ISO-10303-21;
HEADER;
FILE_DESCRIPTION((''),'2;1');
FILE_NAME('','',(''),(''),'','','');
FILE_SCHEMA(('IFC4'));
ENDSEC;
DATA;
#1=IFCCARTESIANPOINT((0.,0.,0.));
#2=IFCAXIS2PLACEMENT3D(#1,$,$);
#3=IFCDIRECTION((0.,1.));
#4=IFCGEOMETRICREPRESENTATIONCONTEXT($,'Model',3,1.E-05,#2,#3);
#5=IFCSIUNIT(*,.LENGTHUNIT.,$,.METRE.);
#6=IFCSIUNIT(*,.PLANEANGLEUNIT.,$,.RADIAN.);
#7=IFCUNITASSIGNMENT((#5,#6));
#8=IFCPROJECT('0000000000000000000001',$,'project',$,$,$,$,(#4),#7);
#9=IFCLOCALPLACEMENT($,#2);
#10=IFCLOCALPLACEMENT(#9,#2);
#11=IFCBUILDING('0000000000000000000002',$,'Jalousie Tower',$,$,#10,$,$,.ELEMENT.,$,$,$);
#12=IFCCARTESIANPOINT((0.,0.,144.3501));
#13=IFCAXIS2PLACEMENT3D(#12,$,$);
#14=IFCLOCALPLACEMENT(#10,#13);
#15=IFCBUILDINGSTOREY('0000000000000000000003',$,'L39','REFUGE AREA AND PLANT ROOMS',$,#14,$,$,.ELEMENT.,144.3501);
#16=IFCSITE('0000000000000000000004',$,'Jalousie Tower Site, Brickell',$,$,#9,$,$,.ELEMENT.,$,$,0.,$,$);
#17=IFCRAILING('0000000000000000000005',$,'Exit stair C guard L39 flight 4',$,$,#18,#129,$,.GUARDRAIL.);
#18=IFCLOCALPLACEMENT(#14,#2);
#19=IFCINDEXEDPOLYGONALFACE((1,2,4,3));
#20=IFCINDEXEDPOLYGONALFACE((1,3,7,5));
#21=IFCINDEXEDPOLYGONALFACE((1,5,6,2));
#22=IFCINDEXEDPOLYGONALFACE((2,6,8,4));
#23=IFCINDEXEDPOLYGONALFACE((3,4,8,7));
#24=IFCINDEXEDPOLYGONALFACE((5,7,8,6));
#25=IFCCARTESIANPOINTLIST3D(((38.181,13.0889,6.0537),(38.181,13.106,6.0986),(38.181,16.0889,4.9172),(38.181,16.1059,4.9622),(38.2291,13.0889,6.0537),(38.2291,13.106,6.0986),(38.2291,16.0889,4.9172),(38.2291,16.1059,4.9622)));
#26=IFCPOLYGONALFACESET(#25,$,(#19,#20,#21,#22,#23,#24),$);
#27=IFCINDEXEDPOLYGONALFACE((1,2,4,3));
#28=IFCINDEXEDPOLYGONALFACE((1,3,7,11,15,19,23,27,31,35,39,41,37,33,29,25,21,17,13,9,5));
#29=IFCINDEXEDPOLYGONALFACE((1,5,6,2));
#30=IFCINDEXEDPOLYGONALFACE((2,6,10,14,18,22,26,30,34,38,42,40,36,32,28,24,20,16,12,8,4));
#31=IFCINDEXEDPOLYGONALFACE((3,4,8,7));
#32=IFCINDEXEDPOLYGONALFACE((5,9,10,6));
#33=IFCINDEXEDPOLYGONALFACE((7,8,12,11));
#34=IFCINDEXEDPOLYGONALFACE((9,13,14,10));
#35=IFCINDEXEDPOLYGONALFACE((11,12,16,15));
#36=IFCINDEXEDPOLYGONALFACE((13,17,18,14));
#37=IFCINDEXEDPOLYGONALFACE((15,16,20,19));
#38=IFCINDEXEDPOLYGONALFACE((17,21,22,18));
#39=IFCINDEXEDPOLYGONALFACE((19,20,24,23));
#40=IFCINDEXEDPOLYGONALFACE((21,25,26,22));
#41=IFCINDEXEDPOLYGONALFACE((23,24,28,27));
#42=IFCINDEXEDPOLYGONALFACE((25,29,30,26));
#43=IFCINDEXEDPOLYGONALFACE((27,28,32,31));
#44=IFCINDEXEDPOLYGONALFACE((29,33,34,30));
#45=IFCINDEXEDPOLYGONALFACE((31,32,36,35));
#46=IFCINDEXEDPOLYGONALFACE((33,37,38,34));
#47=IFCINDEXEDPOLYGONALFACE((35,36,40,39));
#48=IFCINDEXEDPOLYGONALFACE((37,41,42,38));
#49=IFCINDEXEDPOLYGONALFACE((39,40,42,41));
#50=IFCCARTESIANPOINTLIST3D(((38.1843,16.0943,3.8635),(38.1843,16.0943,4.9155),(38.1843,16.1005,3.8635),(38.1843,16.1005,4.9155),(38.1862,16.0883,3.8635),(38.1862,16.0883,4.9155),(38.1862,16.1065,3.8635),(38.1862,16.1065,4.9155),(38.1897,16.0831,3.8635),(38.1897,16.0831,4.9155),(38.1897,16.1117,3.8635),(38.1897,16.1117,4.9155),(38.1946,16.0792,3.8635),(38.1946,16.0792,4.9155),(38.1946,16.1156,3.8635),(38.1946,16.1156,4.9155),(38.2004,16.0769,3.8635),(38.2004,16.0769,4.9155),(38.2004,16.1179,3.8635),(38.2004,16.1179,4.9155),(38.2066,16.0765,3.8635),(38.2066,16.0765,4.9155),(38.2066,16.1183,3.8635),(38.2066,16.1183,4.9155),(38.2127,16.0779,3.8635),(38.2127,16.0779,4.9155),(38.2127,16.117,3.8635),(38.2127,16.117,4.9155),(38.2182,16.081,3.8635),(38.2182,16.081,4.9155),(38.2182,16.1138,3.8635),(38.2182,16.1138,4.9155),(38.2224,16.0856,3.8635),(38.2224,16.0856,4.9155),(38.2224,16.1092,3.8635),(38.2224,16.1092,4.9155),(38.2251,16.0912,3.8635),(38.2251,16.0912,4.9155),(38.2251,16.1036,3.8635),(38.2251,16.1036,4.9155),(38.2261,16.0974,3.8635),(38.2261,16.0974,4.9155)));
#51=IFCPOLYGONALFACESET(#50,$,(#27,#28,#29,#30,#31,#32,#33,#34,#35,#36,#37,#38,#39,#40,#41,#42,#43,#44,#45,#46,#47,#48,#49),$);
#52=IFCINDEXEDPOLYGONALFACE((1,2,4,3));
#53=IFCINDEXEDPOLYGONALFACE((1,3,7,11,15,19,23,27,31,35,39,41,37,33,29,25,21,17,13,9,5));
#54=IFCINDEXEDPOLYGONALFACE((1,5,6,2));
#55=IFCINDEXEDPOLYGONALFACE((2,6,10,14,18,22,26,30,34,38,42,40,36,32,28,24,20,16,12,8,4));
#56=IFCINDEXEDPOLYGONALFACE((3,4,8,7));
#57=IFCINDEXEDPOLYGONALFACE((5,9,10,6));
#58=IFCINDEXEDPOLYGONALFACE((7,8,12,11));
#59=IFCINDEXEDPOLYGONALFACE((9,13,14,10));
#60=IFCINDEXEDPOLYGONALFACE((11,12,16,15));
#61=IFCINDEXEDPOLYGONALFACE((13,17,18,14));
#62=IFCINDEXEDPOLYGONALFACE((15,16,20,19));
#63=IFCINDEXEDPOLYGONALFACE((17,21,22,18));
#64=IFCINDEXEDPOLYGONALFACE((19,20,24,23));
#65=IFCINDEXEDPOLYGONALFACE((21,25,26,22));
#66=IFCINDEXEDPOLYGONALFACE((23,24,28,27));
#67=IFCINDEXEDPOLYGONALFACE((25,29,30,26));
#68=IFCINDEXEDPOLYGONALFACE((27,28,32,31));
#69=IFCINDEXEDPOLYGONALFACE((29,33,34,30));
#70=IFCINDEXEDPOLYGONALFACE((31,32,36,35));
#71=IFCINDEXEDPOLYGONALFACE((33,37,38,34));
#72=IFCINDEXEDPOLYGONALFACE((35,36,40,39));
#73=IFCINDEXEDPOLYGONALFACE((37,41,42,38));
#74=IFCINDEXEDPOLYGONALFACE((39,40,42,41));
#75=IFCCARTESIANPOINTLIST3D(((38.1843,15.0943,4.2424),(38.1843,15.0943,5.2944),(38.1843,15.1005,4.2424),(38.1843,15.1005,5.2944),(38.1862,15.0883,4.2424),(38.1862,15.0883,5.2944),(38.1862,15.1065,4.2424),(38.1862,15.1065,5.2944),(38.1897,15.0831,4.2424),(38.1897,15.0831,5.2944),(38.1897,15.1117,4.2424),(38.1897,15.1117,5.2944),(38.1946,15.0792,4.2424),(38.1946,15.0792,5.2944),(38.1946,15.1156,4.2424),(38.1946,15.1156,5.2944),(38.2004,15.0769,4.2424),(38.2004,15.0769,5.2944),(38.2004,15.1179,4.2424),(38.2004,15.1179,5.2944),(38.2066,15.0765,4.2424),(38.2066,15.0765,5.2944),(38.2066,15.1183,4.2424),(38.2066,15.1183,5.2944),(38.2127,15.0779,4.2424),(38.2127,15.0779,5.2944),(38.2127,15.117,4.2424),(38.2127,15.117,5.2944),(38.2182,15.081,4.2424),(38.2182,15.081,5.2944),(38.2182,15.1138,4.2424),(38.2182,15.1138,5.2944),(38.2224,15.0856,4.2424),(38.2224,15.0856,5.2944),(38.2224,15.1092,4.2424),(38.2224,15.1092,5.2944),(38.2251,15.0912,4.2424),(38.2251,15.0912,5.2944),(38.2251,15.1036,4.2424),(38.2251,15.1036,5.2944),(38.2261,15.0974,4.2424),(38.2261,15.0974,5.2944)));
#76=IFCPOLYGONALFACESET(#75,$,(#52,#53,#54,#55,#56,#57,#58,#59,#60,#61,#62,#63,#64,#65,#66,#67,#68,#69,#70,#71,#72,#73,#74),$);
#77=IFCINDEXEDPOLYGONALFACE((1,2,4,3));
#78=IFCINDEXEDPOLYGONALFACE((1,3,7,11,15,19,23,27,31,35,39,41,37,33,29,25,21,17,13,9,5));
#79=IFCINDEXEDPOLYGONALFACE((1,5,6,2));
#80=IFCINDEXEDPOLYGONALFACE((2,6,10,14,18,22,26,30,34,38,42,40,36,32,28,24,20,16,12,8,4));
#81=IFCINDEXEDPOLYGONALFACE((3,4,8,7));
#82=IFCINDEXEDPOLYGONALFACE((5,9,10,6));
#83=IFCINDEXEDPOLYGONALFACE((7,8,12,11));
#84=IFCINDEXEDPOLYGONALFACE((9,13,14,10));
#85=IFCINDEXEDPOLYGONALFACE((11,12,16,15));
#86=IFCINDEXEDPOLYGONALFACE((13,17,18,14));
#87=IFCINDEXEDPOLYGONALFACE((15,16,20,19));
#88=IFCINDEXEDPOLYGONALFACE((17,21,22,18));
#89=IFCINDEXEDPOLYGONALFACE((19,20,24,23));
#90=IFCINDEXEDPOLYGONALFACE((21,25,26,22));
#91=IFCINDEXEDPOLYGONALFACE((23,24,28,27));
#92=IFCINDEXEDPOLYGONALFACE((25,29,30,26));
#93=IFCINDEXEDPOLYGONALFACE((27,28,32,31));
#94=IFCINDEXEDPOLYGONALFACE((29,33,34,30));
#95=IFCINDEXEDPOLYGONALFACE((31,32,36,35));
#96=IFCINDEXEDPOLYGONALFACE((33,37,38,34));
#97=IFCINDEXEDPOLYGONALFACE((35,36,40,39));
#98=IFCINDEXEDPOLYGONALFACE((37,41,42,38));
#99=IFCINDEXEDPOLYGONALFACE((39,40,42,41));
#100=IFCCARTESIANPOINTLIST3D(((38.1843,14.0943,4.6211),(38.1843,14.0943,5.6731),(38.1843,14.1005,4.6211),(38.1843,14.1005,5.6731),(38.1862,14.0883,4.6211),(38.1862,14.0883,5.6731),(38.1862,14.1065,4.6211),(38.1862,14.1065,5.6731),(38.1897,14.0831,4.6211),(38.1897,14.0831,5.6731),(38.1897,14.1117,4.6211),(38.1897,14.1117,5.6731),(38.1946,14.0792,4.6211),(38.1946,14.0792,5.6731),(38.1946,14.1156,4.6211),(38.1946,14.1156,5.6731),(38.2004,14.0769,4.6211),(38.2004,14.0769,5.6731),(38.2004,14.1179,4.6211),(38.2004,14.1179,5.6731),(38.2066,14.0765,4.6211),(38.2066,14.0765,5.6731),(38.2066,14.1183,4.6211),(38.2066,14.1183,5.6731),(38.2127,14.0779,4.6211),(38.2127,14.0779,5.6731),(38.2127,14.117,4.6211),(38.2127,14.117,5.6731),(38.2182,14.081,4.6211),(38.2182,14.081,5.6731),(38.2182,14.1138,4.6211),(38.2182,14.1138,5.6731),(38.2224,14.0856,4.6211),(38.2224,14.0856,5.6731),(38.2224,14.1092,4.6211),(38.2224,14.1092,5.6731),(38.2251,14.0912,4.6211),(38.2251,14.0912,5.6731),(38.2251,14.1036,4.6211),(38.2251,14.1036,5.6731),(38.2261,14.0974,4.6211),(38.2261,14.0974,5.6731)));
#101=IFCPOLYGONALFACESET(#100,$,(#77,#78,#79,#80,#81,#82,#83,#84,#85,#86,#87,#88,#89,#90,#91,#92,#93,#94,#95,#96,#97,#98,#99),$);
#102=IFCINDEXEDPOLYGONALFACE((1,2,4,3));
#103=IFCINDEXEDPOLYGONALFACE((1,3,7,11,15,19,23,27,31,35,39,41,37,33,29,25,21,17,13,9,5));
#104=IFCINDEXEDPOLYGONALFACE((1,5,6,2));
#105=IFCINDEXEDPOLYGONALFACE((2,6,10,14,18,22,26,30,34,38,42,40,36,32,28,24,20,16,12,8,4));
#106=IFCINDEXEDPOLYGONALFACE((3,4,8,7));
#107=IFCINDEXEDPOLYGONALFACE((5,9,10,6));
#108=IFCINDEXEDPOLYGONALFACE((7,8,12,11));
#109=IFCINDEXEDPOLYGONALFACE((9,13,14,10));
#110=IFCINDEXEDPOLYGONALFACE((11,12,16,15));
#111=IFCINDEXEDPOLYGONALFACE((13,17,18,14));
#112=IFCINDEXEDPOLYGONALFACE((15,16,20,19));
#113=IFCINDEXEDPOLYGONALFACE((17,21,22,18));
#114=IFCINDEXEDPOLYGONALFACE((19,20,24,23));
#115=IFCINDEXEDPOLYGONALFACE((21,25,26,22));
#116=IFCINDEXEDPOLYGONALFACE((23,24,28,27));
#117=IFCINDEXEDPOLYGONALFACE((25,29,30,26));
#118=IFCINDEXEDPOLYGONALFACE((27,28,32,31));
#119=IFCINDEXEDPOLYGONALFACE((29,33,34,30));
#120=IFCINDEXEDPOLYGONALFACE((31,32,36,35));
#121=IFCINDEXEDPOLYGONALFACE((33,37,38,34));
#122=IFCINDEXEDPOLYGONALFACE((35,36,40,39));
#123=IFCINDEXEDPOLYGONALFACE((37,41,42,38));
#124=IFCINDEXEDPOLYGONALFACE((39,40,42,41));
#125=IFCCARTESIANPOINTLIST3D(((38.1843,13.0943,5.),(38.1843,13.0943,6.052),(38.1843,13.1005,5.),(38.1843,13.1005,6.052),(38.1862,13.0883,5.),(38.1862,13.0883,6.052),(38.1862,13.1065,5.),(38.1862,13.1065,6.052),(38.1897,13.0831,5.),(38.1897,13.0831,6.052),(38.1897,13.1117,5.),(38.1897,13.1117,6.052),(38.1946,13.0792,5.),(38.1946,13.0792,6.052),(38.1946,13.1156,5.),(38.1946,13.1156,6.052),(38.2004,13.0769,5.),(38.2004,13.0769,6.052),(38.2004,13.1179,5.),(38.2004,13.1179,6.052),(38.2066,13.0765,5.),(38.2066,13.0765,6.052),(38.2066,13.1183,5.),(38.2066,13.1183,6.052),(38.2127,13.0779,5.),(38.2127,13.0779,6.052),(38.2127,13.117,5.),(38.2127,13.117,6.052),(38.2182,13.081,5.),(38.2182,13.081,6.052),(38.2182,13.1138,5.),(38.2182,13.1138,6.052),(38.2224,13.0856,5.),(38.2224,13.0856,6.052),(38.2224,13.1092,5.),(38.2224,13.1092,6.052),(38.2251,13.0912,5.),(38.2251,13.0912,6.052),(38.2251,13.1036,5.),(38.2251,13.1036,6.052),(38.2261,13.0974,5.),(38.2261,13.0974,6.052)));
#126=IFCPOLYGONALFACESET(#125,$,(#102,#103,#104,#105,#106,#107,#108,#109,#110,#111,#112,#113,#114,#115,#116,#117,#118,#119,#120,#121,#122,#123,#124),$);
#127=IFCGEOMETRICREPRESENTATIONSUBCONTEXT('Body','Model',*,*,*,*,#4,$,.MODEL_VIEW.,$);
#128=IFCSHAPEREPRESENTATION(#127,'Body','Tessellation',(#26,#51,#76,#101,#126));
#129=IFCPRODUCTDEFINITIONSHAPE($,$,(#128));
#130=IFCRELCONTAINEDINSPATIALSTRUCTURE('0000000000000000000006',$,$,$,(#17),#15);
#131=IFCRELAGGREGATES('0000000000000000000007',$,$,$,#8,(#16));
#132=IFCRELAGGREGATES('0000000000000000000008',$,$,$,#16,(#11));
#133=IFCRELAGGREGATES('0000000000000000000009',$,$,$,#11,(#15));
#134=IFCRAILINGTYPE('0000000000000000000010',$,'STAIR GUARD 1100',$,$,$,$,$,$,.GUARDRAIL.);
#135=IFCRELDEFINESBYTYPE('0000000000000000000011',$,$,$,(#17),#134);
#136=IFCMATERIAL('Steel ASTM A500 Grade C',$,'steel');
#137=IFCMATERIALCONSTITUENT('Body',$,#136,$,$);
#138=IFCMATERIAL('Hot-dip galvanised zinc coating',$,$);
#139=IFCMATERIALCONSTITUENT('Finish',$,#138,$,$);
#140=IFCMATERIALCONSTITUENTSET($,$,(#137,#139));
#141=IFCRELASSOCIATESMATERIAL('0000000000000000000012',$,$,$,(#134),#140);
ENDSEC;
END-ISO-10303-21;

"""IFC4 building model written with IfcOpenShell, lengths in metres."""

from ifc_helpers import new_model, si_unit, direction, frame, origin, origin_2d, place, context, subcontext, project, spatial, rectangle, circle, extrude, material, constituent, constituent_set, type_object, element, save


model = new_model("IFC4")

# Units and contexts
model_context = context("Model", 3, precision=1e-05, world=origin(), true_north=direction((0.0, 1.0)))
body_context = subcontext(model_context, "Body", "Model", "MODEL_VIEW")
ifc_project = project(units=[si_unit("LENGTHUNIT", "METRE"), si_unit("PLANEANGLEUNIT", "RADIAN")], contexts=[model_context])

# Site, building, storey
site_placement = place(None, origin())
site = spatial("IfcSite", under=ifc_project, at=site_placement, Name="Jalousie Tower Site, Brickell", CompositionType="ELEMENT", RefElevation=0.0)
building_placement = place(site_placement, origin())
building = spatial("IfcBuilding", under=site, at=building_placement, Name="Jalousie Tower", CompositionType="ELEMENT")
storey_placement = place(building_placement, frame((0.0, 0.0, 144.3501)))
storey = spatial("IfcBuildingStorey", under=building, at=storey_placement, Name="L39", Description="REFUGE AREA AND PLANT ROOMS", CompositionType="ELEMENT", Elevation=144.3501)

# Railing
ifc_material_1 = material(Name="Steel ASTM A500 Grade C", Category="steel")
ifc_constituent_1 = constituent(ifc_material_1, Name="Body")
ifc_material_2 = material(Name="Hot-dip galvanised zinc coating")
ifc_constituent_2 = constituent(ifc_material_2, Name="Finish")
ifc_constituent_set_1 = constituent_set(constituents=[ifc_constituent_1, ifc_constituent_2])
railing_type_1 = type_object("IfcRailingType", Name="STAIR GUARD 1100", PredefinedType="GUARDRAIL", material=ifc_constituent_set_1)
railing_1_placement = place(storey_placement, frame((38.2051, 16.0974, 3.8635)))
element("IfcRailing", 1, at=railing_1_placement, inside=storey, type_object=railing_type_1, Name="Exit stair C guard L39 flight 4", PredefinedType="GUARDRAIL", context=body_context, shape_type="SweptSolid", body=[
    extrude(rectangle(XDim=0.0481, YDim=0.0481, at=origin_2d()), frame((0.0, 0.0, 1.0762), z_axis=(0.0, -0.935148, 0.354257), x_axis=(1.0, 0.0, 0.0)), (0.0, 0.0, 1.0), 3.208),
    extrude(circle(Radius=0.021, at=origin_2d()), origin(), (0.0, 0.0, 1.0), 1.052),
    extrude(circle(Radius=0.021, at=origin_2d()), frame((0.0, -1.0, 0.3789)), (0.0, 0.0, 1.0), 1.052),
    extrude(circle(Radius=0.021, at=origin_2d()), frame((0.0, -2.0, 0.7576)), (0.0, 0.0, 1.0), 1.052),
    extrude(circle(Radius=0.021, at=origin_2d()), frame((0.0, -3.0, 1.1365)), (0.0, 0.0, 1.0), 1.052),
])

save(model, "model.ifc")
